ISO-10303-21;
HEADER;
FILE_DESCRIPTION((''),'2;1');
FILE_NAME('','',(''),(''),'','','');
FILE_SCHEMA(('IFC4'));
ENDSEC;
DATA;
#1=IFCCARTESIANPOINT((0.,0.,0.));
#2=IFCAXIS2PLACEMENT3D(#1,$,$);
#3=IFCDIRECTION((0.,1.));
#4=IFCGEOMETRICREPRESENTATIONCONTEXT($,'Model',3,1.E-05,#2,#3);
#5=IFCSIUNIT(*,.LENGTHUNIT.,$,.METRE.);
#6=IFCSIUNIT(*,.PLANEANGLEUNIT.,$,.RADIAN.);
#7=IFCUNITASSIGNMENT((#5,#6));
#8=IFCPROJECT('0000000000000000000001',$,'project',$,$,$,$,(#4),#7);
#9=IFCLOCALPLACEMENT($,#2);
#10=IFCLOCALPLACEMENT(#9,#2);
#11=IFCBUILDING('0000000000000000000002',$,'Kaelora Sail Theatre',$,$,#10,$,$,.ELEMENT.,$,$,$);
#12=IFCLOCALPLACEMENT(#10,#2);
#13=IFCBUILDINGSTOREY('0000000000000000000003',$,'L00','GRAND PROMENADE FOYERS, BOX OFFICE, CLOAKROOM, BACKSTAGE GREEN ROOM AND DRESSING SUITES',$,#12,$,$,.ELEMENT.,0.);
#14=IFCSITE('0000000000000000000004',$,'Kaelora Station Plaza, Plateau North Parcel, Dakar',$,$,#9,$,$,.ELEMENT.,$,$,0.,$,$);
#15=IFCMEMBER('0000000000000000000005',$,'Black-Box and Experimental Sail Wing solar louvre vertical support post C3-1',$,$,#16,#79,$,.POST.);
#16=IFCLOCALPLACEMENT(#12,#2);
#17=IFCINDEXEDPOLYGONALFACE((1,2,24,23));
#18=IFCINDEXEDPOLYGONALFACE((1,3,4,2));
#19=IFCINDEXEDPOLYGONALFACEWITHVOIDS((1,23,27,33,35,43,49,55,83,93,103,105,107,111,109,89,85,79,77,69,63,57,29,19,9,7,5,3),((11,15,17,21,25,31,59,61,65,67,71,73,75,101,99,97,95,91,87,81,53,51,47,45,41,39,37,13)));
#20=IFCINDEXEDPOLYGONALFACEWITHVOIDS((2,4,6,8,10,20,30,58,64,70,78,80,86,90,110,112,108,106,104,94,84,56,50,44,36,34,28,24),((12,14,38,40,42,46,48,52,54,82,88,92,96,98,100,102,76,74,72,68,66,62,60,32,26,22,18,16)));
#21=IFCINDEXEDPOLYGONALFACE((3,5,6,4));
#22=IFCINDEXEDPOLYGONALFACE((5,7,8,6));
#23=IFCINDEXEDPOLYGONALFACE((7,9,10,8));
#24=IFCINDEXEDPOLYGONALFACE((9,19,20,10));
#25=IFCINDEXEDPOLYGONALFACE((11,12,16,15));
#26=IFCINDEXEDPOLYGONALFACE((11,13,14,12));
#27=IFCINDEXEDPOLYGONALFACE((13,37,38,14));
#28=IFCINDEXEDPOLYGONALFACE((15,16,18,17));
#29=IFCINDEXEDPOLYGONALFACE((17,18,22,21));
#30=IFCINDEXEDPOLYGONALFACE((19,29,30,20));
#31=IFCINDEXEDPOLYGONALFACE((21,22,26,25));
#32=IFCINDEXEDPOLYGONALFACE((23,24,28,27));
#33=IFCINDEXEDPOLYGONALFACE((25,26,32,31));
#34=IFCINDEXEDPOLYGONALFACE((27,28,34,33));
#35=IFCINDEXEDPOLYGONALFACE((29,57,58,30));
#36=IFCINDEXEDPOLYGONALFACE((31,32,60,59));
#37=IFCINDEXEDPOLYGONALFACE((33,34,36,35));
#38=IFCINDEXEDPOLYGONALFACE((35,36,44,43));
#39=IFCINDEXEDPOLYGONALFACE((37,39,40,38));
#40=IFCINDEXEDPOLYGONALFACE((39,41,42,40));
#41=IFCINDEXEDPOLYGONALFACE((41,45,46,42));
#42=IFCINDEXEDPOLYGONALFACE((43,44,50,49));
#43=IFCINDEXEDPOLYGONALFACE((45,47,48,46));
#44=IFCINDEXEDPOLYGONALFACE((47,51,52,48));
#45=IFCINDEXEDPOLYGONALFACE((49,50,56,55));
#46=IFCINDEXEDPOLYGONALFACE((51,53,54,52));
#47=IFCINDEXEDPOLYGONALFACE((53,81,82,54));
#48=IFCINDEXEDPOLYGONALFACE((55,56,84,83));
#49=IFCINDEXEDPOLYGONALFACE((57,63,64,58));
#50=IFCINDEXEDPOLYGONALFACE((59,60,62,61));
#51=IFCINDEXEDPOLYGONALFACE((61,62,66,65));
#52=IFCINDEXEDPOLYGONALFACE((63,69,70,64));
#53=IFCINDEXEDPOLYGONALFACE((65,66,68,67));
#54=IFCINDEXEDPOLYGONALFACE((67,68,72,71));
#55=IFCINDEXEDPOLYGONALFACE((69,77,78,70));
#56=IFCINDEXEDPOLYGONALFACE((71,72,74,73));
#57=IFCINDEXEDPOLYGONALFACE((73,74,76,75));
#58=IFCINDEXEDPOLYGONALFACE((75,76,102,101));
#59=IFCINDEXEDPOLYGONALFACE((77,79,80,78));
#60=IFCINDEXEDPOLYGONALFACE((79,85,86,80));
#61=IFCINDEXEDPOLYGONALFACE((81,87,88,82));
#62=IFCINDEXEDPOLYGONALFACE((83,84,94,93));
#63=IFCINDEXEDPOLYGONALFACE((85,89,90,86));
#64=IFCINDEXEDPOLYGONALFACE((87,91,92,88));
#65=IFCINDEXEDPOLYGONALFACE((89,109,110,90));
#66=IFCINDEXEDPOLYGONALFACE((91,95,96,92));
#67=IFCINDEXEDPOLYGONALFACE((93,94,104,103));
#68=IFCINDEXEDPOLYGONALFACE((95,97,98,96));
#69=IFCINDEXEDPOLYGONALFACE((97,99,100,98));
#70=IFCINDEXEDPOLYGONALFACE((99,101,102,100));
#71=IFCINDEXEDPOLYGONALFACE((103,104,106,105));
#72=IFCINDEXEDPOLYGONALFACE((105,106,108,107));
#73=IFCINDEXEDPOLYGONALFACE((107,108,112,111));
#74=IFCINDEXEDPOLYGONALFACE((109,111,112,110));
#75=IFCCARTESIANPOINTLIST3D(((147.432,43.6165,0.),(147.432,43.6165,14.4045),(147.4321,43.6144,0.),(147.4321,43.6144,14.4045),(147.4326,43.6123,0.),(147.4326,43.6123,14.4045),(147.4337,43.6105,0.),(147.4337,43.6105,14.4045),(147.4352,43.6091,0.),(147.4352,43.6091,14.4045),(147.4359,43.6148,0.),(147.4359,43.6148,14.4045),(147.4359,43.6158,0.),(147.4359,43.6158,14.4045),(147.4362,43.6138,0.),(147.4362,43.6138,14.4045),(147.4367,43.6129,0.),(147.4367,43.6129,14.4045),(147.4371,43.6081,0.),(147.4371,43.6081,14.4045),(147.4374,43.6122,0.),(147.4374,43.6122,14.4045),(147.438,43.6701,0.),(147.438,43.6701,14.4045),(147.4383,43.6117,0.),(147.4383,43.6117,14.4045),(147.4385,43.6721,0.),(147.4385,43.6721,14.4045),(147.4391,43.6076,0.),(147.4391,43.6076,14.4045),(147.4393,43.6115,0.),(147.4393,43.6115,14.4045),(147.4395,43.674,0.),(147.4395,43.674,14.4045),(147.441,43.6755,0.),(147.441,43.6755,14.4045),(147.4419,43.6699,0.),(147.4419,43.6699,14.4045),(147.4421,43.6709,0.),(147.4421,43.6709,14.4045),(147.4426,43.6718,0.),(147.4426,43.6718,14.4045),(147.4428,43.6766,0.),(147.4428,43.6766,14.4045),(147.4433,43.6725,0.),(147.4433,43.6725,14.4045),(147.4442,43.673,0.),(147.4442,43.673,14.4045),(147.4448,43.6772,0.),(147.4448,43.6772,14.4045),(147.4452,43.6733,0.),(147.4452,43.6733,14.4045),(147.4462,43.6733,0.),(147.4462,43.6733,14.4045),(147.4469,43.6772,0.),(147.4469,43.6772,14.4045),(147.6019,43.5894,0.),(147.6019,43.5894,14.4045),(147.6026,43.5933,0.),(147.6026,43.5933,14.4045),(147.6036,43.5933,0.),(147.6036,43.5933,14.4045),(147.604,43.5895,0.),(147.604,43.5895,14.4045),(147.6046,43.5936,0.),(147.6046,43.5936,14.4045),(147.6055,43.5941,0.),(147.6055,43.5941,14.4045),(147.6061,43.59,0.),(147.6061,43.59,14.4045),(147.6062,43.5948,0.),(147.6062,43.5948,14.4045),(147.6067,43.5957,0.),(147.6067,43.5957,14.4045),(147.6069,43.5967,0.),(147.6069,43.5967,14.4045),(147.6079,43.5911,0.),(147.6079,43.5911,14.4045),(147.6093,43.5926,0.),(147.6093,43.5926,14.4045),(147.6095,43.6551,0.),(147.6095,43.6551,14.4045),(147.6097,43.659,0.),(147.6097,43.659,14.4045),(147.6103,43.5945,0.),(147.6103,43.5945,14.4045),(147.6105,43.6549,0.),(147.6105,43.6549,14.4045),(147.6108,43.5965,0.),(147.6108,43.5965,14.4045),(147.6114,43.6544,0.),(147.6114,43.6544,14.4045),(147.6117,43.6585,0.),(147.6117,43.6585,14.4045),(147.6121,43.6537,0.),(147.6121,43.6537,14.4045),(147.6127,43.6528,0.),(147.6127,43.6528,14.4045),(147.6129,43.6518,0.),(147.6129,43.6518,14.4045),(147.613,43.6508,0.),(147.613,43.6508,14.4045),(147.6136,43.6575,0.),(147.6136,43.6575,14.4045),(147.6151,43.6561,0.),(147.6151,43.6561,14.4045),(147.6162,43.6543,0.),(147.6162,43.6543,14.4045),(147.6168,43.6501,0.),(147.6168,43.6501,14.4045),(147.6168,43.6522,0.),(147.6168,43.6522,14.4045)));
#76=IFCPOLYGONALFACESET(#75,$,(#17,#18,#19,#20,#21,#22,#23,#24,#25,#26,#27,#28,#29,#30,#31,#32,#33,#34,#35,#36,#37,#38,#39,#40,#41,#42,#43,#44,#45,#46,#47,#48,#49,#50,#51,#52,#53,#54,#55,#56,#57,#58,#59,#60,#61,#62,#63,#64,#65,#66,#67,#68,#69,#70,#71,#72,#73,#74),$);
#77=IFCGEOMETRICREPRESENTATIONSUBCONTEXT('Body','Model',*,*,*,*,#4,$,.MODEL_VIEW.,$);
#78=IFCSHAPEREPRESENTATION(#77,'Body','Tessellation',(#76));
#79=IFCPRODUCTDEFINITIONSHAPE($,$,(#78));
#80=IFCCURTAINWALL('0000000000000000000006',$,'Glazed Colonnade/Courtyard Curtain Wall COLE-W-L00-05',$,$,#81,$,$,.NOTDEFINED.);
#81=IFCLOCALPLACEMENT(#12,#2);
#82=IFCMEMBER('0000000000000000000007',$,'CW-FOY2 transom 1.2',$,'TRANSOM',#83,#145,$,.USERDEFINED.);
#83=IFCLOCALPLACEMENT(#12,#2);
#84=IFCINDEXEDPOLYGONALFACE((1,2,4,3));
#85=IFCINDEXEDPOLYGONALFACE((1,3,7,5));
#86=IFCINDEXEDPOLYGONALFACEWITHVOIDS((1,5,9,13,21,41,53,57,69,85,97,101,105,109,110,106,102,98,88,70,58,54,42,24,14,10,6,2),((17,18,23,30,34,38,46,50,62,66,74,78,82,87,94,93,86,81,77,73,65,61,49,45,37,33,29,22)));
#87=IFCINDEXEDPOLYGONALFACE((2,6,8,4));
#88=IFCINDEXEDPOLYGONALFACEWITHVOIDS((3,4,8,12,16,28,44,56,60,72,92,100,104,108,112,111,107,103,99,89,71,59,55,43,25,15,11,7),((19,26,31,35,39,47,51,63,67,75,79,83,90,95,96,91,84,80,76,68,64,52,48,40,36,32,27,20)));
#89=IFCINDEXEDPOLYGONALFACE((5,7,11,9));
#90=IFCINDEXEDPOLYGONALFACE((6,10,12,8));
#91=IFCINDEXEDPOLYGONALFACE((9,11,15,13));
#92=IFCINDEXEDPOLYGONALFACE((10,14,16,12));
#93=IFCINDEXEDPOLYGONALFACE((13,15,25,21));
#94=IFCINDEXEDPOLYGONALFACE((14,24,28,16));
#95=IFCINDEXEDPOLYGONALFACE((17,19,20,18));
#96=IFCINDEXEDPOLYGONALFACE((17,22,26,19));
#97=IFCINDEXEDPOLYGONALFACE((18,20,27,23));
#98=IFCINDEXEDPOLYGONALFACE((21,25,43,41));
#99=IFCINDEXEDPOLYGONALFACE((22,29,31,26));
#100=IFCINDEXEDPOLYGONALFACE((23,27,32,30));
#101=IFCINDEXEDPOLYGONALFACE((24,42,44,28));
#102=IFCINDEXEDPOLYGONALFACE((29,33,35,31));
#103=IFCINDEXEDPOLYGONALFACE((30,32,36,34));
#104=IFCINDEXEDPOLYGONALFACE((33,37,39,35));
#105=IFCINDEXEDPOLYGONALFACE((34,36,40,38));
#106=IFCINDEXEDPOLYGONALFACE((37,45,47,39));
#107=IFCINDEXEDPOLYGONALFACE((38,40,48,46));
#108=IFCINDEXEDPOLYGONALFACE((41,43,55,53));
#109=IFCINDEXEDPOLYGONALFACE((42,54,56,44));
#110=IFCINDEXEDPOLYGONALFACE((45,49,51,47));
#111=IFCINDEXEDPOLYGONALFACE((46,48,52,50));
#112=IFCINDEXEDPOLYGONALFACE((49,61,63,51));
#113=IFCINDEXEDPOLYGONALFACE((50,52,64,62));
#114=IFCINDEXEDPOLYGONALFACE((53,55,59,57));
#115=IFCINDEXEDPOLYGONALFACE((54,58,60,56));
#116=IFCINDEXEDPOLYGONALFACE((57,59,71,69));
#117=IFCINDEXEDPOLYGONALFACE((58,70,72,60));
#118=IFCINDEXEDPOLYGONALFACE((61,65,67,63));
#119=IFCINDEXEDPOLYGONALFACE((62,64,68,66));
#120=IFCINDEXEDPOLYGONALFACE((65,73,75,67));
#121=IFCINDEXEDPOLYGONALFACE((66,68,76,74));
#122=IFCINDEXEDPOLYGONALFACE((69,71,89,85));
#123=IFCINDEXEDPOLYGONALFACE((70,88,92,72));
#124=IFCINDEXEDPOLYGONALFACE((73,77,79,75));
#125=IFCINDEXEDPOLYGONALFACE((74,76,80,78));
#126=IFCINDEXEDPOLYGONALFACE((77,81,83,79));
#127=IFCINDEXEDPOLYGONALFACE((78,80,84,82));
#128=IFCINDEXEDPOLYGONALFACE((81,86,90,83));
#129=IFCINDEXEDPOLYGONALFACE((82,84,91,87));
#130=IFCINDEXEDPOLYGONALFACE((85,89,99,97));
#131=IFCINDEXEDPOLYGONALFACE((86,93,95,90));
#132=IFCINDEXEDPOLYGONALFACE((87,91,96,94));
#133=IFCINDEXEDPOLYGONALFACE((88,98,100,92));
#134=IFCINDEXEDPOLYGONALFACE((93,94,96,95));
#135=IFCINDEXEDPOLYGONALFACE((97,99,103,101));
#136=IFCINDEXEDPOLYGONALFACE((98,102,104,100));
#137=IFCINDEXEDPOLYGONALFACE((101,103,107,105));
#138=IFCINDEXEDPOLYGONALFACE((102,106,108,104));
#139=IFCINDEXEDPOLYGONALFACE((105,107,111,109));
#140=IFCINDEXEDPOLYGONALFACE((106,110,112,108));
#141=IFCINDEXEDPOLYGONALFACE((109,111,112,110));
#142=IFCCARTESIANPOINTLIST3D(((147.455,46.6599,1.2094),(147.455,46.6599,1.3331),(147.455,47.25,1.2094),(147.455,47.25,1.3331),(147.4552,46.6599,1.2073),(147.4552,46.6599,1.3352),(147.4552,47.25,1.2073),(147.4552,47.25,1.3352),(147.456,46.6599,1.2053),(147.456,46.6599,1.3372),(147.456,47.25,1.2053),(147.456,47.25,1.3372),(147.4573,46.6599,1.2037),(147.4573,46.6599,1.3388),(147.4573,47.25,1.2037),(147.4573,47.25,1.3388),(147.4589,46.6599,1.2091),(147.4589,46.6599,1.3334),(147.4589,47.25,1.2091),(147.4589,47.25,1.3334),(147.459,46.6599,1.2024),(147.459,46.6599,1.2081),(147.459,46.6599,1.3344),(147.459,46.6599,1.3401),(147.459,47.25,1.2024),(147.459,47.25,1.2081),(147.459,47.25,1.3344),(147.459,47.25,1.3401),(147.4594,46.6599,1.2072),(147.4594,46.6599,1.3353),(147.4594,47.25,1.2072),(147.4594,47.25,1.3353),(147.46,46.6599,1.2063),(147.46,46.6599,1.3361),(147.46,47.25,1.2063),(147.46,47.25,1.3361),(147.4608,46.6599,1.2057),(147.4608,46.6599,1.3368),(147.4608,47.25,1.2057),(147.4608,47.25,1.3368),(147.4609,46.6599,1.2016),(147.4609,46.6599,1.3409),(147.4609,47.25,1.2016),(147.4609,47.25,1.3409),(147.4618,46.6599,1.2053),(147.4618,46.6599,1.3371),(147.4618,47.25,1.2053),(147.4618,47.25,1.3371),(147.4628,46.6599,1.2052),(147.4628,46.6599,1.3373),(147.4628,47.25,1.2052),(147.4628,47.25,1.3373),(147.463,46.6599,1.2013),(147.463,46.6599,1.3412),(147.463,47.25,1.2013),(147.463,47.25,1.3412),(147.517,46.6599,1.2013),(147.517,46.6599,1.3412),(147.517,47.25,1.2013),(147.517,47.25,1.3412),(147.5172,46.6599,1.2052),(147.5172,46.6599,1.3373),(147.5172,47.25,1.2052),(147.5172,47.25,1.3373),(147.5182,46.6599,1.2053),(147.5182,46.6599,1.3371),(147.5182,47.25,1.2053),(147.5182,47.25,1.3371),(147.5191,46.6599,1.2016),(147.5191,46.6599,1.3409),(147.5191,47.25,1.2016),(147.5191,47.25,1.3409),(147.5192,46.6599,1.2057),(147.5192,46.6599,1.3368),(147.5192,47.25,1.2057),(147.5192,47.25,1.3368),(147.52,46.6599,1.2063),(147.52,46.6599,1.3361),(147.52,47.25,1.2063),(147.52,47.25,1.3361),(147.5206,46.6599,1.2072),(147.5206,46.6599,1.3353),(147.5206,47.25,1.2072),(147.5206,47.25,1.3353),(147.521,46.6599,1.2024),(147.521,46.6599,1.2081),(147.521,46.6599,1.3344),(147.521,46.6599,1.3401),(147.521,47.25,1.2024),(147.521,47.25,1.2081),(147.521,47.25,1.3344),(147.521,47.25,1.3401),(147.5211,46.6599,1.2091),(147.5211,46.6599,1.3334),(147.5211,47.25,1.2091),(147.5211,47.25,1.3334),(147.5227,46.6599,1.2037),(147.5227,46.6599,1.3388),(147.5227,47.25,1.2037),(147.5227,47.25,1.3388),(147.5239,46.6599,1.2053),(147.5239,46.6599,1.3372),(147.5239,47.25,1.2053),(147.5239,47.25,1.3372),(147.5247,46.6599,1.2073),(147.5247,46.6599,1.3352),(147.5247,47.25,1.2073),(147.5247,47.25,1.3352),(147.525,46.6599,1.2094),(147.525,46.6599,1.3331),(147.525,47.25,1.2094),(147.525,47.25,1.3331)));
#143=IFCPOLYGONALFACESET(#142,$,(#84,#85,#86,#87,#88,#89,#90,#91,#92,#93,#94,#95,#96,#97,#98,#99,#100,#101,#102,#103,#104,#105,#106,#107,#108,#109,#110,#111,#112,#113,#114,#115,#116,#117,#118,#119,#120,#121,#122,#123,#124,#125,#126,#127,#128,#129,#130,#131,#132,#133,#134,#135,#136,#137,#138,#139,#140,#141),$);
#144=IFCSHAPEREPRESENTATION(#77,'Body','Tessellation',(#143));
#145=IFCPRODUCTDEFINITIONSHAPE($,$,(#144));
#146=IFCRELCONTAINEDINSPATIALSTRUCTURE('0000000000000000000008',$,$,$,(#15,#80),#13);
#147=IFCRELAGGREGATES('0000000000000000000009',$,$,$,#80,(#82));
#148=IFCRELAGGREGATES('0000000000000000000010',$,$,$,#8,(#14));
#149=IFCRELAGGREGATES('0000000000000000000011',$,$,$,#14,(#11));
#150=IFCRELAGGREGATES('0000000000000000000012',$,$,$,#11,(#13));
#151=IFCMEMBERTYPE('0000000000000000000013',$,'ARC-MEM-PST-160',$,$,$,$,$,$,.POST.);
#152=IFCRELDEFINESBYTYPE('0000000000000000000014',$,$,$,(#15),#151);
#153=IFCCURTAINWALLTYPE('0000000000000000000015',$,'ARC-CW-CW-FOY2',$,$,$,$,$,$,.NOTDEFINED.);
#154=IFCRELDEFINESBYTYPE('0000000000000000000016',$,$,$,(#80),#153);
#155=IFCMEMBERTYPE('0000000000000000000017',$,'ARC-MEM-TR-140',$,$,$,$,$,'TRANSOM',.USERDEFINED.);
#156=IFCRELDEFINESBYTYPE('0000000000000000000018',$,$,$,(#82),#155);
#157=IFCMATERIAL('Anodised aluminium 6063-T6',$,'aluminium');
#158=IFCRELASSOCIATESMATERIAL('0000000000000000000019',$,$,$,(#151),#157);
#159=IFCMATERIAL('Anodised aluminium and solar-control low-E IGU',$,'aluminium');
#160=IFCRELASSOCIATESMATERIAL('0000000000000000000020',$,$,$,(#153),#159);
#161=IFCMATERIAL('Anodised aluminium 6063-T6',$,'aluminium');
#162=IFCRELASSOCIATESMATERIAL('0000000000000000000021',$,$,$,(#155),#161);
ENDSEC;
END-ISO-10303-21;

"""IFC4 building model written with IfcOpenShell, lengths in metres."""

from ifc_helpers import new_model, si_unit, direction, frame, origin, origin_2d, place, context, subcontext, project, spatial, hollow_rectangle, extrude, material, material_profile, profile_set, type_object, element, aggregate, save


model = new_model("IFC4")

# Units and contexts
model_context = context("Model", 3, precision=1e-05, world=origin(), true_north=direction((0.0, 1.0)))
body_context = subcontext(model_context, "Body", "Model", "MODEL_VIEW")
ifc_project = project(units=[si_unit("LENGTHUNIT", "METRE"), si_unit("PLANEANGLEUNIT", "RADIAN")], contexts=[model_context])

# Site, building, storey
site_placement = place(None, origin())
site = spatial("IfcSite", under=ifc_project, at=site_placement, Name="Kaelora Station Plaza, Plateau North Parcel, Dakar", CompositionType="ELEMENT", RefElevation=0.0)
building_placement = place(site_placement, origin())
building = spatial("IfcBuilding", under=site, at=building_placement, Name="Kaelora Sail Theatre", CompositionType="ELEMENT")
storey_placement = place(building_placement, origin())
storey = spatial("IfcBuildingStorey", under=building, at=storey_placement, Name="L00", Description="GRAND PROMENADE FOYERS, BOX OFFICE, CLOAKROOM, BACKSTAGE GREEN ROOM AND DRESSING SUITES", CompositionType="ELEMENT", Elevation=0.0)

# Member
ifc_material_1 = material(Name="Anodised aluminium 6063-T6", Category="aluminium")
ifc_material_profile_1 = material_profile(ifc_material_1, hollow_rectangle(XDim=0.0701, YDim=0.1799, WallThickness=0.0039, InnerFilletRadius=0.0039, OuterFilletRadius=0.0081, at=origin_2d()), Name="ALU-MULL 70x180x4")
ifc_profile_set_1 = profile_set([ifc_material_profile_1], Name="Anodised aluminium 6063-T6")
member_type_1 = type_object("IfcMemberType", Name="ARC-MEM-PST-160", PredefinedType="POST", material=ifc_profile_set_1)
member_1_placement = place(storey_placement, frame((147.5244, 43.6333, 0.0), z_axis=(0.0, 0.0, 1.0), x_axis=(-0.110775, -0.993845, 0.0)))
element("IfcMember", 1, at=member_1_placement, inside=storey, type_object=member_type_1, Name="Black-Box and Experimental Sail Wing solar louvre vertical support post C3-1", PredefinedType="POST", context=body_context, shape_type="SweptSolid", body=[
    extrude(hollow_rectangle(XDim=0.0701, YDim=0.1799, WallThickness=0.0039, InnerFilletRadius=0.0039, OuterFilletRadius=0.0081, at=origin_2d()), origin(), (0.0, 0.0, 1.0), 14.4045),
])

# Curtain wall, member
ifc_material_2 = material(Name="Anodised aluminium and solar-control low-E IGU", Category="aluminium")
curtain_wall_type = type_object("IfcCurtainWallType", Name="ARC-CW-CW-FOY2", PredefinedType="NOTDEFINED", material=ifc_material_2)
curtain_wall_placement = place(storey_placement, origin())
curtain_wall = element("IfcCurtainWall", 2, at=curtain_wall_placement, inside=storey, type_object=curtain_wall_type, Name="Glazed Colonnade/Courtyard Curtain Wall COLE-W-L00-05", PredefinedType="NOTDEFINED")
ifc_material_3 = material(Name="Anodised aluminium 6063-T6", Category="aluminium")
ifc_material_profile_2 = material_profile(ifc_material_3, hollow_rectangle(XDim=0.0701, YDim=0.1399, WallThickness=0.0039, InnerFilletRadius=0.0039, OuterFilletRadius=0.0081, at=origin_2d()), Name="ALU-TRAN 70x140x4")
ifc_profile_set_2 = profile_set([ifc_material_profile_2], Name="Anodised aluminium 6063-T6")
member_type_2 = type_object("IfcMemberType", Name="ARC-MEM-TR-140", ElementType="TRANSOM", PredefinedType="USERDEFINED", material=ifc_profile_set_2)
member_2_placement = place(storey_placement, frame((147.49, 46.6599, 1.2712), z_axis=(0.0, 1.0, 0.0), x_axis=(-1.0, 0.0, 0.0)))
member_2 = element("IfcMember", 3, at=member_2_placement, type_object=member_type_2, Name="CW-FOY2 transom 1.2", ObjectType="TRANSOM", PredefinedType="USERDEFINED", context=body_context, shape_type="SweptSolid", body=[
    extrude(hollow_rectangle(XDim=0.0701, YDim=0.1399, WallThickness=0.0039, InnerFilletRadius=0.0039, OuterFilletRadius=0.0081, at=origin_2d()), origin(), (0.0, 0.0, 1.0), 0.5901),
])

aggregate(curtain_wall, [member_2])

save(model, "model.ifc")
